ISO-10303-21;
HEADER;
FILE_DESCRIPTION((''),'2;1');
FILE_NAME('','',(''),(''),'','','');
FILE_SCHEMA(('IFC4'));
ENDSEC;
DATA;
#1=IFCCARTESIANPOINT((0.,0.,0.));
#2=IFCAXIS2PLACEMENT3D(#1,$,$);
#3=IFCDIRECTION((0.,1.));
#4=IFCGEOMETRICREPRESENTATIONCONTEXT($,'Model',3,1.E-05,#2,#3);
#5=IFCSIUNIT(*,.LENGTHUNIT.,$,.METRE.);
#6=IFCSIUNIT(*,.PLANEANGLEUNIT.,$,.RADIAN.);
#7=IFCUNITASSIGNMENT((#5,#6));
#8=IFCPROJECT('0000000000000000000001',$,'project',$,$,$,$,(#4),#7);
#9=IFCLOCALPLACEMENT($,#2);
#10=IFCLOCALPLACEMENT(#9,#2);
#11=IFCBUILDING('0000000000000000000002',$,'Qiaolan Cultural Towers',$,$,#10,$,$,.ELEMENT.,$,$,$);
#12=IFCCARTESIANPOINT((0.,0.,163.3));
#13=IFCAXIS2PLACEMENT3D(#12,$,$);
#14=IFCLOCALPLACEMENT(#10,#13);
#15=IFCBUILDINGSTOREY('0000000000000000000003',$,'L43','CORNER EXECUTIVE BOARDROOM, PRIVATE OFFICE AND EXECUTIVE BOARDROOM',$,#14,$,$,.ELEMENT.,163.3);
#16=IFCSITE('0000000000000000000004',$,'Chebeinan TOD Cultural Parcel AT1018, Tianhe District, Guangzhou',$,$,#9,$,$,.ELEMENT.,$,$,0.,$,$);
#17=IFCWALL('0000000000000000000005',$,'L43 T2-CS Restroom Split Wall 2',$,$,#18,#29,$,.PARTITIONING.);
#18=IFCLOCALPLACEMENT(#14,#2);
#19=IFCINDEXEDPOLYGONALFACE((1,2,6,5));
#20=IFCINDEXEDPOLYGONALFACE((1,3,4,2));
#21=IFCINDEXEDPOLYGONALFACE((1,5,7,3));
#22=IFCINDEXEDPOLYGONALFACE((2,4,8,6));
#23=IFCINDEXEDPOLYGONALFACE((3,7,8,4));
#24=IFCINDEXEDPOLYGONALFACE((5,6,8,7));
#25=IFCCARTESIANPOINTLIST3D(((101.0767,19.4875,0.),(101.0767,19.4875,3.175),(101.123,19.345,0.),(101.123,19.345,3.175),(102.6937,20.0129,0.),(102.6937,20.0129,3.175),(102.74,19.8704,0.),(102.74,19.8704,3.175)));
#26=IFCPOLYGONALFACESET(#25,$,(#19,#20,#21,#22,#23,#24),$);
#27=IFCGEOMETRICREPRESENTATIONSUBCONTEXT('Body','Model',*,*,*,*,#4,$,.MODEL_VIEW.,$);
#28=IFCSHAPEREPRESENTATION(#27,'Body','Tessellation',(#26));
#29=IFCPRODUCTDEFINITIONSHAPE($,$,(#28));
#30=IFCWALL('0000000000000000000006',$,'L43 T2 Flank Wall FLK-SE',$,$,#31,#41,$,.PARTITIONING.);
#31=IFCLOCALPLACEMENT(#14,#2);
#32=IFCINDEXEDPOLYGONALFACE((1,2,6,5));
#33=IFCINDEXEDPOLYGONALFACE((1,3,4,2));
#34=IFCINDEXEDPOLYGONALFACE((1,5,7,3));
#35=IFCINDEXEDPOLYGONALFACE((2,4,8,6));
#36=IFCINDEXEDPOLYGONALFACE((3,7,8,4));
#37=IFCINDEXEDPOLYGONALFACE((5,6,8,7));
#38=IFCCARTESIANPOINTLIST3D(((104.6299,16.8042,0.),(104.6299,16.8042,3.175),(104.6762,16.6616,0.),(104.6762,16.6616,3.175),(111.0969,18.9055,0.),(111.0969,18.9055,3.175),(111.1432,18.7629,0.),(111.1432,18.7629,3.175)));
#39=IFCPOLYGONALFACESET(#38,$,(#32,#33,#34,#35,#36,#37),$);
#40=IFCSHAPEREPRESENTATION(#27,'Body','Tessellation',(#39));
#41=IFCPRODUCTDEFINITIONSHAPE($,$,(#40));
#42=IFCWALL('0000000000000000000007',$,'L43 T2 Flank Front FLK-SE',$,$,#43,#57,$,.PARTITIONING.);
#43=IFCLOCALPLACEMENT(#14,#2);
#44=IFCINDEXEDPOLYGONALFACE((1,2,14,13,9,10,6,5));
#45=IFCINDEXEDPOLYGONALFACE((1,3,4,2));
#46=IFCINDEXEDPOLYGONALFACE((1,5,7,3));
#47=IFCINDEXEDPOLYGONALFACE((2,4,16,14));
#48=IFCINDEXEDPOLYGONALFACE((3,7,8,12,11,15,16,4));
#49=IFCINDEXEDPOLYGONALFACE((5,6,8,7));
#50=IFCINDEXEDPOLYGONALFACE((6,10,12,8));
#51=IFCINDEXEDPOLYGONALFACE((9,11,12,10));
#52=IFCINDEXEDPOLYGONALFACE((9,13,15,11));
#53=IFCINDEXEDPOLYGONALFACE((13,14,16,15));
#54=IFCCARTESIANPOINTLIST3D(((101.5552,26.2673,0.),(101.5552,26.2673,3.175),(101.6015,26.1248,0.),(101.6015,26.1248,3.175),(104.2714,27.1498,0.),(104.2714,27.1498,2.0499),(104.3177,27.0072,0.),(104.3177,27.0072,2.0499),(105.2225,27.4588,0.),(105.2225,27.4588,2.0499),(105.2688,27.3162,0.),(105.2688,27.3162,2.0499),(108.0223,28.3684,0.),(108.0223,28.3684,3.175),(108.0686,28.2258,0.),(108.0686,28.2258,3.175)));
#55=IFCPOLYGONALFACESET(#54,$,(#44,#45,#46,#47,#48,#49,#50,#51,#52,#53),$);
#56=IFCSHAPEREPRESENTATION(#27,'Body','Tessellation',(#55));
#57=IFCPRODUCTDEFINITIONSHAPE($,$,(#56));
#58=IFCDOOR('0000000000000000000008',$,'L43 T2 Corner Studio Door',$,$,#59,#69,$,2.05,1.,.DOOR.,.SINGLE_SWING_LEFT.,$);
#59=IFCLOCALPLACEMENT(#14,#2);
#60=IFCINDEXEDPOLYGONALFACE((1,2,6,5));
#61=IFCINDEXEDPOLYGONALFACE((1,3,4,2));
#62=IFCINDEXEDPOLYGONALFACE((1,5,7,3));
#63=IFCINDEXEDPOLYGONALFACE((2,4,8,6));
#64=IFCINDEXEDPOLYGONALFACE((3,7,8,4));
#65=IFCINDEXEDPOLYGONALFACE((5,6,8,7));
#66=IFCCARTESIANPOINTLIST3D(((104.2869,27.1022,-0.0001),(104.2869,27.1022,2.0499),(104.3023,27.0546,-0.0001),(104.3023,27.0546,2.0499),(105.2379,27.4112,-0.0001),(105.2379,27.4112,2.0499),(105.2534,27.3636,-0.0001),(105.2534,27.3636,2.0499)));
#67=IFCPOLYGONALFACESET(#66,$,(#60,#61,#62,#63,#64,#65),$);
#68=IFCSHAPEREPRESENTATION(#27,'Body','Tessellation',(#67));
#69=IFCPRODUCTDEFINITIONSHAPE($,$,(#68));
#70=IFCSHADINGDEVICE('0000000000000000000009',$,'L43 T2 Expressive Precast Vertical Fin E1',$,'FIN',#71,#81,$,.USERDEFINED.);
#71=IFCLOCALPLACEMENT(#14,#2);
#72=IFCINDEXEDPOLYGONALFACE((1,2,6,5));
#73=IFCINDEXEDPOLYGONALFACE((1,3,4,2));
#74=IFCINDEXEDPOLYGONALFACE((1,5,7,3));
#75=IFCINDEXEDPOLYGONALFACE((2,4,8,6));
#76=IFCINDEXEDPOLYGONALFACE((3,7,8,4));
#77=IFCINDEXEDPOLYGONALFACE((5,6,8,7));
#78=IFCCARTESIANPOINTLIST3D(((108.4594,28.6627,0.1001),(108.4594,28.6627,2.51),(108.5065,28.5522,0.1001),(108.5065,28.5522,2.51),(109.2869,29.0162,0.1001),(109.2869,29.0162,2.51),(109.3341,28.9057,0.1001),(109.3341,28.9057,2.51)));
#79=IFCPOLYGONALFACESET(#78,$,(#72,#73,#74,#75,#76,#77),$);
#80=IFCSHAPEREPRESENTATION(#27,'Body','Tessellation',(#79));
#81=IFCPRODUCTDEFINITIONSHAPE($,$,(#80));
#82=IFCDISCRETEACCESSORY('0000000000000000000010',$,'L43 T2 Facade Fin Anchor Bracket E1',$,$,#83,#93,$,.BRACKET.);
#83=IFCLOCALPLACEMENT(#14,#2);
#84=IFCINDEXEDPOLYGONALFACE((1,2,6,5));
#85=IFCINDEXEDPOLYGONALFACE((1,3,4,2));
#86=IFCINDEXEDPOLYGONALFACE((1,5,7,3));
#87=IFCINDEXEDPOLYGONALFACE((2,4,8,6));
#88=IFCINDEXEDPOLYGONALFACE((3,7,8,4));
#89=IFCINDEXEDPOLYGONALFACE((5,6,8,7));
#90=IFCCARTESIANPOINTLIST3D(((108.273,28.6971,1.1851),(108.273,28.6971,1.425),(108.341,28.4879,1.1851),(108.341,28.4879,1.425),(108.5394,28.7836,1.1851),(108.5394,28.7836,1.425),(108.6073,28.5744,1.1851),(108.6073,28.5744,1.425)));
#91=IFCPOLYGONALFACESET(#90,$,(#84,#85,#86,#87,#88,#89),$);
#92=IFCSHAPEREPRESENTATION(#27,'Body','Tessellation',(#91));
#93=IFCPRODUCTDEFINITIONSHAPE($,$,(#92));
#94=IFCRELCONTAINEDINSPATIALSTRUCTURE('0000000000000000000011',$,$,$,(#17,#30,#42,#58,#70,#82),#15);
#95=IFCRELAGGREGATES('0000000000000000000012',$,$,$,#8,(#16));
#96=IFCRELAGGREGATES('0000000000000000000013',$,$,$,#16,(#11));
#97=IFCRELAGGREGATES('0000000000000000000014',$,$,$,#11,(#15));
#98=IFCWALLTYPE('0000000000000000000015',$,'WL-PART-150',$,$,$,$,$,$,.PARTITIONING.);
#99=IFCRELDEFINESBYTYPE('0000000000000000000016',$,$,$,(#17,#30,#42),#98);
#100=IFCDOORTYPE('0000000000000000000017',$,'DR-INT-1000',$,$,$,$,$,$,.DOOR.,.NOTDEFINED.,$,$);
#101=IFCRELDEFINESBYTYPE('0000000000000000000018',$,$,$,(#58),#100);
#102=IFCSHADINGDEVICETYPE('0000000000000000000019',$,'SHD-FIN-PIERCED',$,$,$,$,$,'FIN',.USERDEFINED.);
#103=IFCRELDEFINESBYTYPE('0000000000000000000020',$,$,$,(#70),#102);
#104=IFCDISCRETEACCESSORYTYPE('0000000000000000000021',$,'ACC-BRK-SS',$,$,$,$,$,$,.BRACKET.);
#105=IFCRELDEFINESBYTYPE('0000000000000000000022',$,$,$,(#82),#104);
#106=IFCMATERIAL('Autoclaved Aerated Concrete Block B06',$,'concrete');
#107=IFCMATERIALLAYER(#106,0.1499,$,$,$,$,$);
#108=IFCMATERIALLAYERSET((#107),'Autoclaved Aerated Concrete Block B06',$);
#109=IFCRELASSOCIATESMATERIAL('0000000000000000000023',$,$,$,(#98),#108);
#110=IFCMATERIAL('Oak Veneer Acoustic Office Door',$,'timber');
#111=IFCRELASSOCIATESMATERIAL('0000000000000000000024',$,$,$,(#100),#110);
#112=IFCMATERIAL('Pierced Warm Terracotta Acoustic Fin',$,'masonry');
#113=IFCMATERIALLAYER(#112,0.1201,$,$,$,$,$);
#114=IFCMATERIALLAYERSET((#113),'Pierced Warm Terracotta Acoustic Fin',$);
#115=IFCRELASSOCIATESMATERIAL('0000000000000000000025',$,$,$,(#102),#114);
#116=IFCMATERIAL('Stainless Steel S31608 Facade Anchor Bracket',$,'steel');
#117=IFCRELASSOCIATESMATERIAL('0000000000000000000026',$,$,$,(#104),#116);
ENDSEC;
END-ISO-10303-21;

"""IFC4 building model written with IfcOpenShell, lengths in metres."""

from ifc_helpers import new_model, si_unit, direction, frame, frame_2d, origin, origin_2d, place, context, subcontext, project, spatial, rectangle, extrude, material, layer, layer_set, type_object, element, fill, save


model = new_model("IFC4")

# Units and contexts
model_context = context("Model", 3, precision=1e-05, world=origin(), true_north=direction((0.0, 1.0)))
body_context = subcontext(model_context, "Body", "Model", "MODEL_VIEW")
ifc_project = project(units=[si_unit("LENGTHUNIT", "METRE"), si_unit("PLANEANGLEUNIT", "RADIAN")], contexts=[model_context])

# Site, building, storey
site_placement = place(None, origin())
site = spatial("IfcSite", under=ifc_project, at=site_placement, Name="Chebeinan TOD Cultural Parcel AT1018, Tianhe District, Guangzhou", CompositionType="ELEMENT", RefElevation=0.0)
building_placement = place(site_placement, origin())
building = spatial("IfcBuilding", under=site, at=building_placement, Name="Qiaolan Cultural Towers", CompositionType="ELEMENT")
storey_placement = place(building_placement, frame((0.0, 0.0, 163.3)))
storey = spatial("IfcBuildingStorey", under=building, at=storey_placement, Name="L43", Description="CORNER EXECUTIVE BOARDROOM, PRIVATE OFFICE AND EXECUTIVE BOARDROOM", CompositionType="ELEMENT", Elevation=163.3)

# Shared definitions
ifc_material_1 = material(Name="Autoclaved Aerated Concrete Block B06", Category="concrete")
ifc_layer_1 = layer(ifc_material_1, 0.1499)
ifc_layer_set_1 = layer_set([ifc_layer_1], Name="Autoclaved Aerated Concrete Block B06")
wall_type_1 = type_object("IfcWallType", Name="WL-PART-150", PredefinedType="PARTITIONING", material=ifc_layer_set_1)

# Walls
wall_1_placement = place(storey_placement, frame((101.0999, 19.4163, 0.0), z_axis=(0.0, 0.0, 1.0), x_axis=(0.951054, 0.309024, 0.0)))
element("IfcWall", 1, at=wall_1_placement, inside=storey, type_object=wall_type_1, Name="L43 T2-CS Restroom Split Wall 2", PredefinedType="PARTITIONING", context=body_context, shape_type="SweptSolid", body=[
    extrude(rectangle(XDim=1.7002, YDim=0.1499, at=frame_2d((0.8501, 0.0))), origin(), (0.0, 0.0, 1.0), 3.175),
])
wall_2_placement = place(storey_placement, frame((104.6531, 16.7329, 0.0), z_axis=(0.0, 0.0, 1.0), x_axis=(0.951054, 0.309024, 0.0)))
element("IfcWall", 2, at=wall_2_placement, inside=storey, type_object=wall_type_1, Name="L43 T2 Flank Wall FLK-SE", PredefinedType="PARTITIONING", context=body_context, shape_type="SweptSolid", body=[
    extrude(rectangle(XDim=6.7998, YDim=0.1499, at=frame_2d((3.3999, 0.0))), origin(), (0.0, 0.0, 1.0), 3.175),
])

# Wall, opening, door
wall_3_placement = place(storey_placement, frame((101.5784, 26.196, 0.0), z_axis=(0.0, 0.0, 1.0), x_axis=(0.951065, 0.308991, 0.0)))
wall_3 = element("IfcWall", 3, at=wall_3_placement, inside=storey, type_object=wall_type_1, Name="L43 T2 Flank Front FLK-SE", PredefinedType="PARTITIONING", context=body_context, shape_type="SweptSolid", body=[
    extrude(rectangle(XDim=6.7998, YDim=0.1499, at=frame_2d((3.3999, 0.0))), origin(), (0.0, 0.0, 1.0), 3.175),
])
opening_1_placement = place(wall_3_placement, frame((2.856, 0.0, 0.0)))
opening_1 = element("IfcOpeningElement", 4, at=opening_1_placement, cuts=wall_3, PredefinedType="OPENING", context=body_context, shape_type="SweptSolid", body=[
    extrude(rectangle(XDim=1.0, YDim=2.05, at=frame_2d((0.5, 1.0249))), frame((0.0, 0.085, 0.0), z_axis=(0.0, -1.0, 0.0), x_axis=(1.0, 0.0, 0.0)), (0.0, 0.0, 1.0), 0.1699),
])
ifc_material_2 = material(Name="Oak Veneer Acoustic Office Door", Category="timber")
door_type_1 = type_object("IfcDoorType", Name="DR-INT-1000", OperationType="NOTDEFINED", PredefinedType="DOOR", material=ifc_material_2)
door_1_placement = place(opening_1_placement, origin())
door_1 = element("IfcDoor", 5, at=door_1_placement, inside=storey, type_object=door_type_1, Name="L43 T2 Corner Studio Door", OperationType="SINGLE_SWING_LEFT", OverallHeight=2.05, OverallWidth=1.0, PredefinedType="DOOR", context=body_context, shape_type="SweptSolid", body=[
    extrude(rectangle(XDim=1.0, YDim=2.05, at=frame_2d((0.5, 1.0249))), frame((0.0, 0.0249, 0.0), z_axis=(0.0, -1.0, 0.0), x_axis=(1.0, 0.0, 0.0)), (0.0, 0.0, 1.0), 0.05),
])
fill(opening_1, door_1)

# Shading device
ifc_material_3 = material(Name="Pierced Warm Terracotta Acoustic Fin", Category="masonry")
ifc_layer_2 = layer(ifc_material_3, 0.1201)
ifc_layer_set_2 = layer_set([ifc_layer_2], Name="Pierced Warm Terracotta Acoustic Fin")
shading_device_type = type_object("IfcShadingDeviceType", Name="SHD-FIN-PIERCED", ElementType="FIN", PredefinedType="USERDEFINED", material=ifc_layer_set_2)
shading_device_placement = place(storey_placement, frame((108.8967, 28.7842, 0.1001), z_axis=(0.0, 0.0, 1.0), x_axis=(0.919614, 0.392824, 0.0)))
element("IfcShadingDevice", 6, at=shading_device_placement, inside=storey, type_object=shading_device_type, Name="L43 T2 Expressive Precast Vertical Fin E1", ObjectType="FIN", PredefinedType="USERDEFINED", context=body_context, shape_type="SweptSolid", body=[
    extrude(rectangle(XDim=0.8999, YDim=0.1201, at=origin_2d()), origin(), (0.0, 0.0, 1.0), 2.4099),
])

# Discrete accessory
ifc_material_4 = material(Name="Stainless Steel S31608 Facade Anchor Bracket", Category="steel")
discrete_accessory_type = type_object("IfcDiscreteAccessoryType", Name="ACC-BRK-SS", PredefinedType="BRACKET", material=ifc_material_4)
discrete_accessory_placement = place(storey_placement, frame((108.4402, 28.6357, 1.1851), z_axis=(0.0, 0.0, 1.0), x_axis=(0.951057, 0.309017, 0.0)))
element("IfcDiscreteAccessory", 7, at=discrete_accessory_placement, inside=storey, type_object=discrete_accessory_type, Name="L43 T2 Facade Fin Anchor Bracket E1", PredefinedType="BRACKET", context=body_context, shape_type="SweptSolid", body=[
    extrude(rectangle(XDim=0.28, YDim=0.22, at=origin_2d()), origin(), (0.0, 0.0, 1.0), 0.24),
])

save(model, "model.ifc")
